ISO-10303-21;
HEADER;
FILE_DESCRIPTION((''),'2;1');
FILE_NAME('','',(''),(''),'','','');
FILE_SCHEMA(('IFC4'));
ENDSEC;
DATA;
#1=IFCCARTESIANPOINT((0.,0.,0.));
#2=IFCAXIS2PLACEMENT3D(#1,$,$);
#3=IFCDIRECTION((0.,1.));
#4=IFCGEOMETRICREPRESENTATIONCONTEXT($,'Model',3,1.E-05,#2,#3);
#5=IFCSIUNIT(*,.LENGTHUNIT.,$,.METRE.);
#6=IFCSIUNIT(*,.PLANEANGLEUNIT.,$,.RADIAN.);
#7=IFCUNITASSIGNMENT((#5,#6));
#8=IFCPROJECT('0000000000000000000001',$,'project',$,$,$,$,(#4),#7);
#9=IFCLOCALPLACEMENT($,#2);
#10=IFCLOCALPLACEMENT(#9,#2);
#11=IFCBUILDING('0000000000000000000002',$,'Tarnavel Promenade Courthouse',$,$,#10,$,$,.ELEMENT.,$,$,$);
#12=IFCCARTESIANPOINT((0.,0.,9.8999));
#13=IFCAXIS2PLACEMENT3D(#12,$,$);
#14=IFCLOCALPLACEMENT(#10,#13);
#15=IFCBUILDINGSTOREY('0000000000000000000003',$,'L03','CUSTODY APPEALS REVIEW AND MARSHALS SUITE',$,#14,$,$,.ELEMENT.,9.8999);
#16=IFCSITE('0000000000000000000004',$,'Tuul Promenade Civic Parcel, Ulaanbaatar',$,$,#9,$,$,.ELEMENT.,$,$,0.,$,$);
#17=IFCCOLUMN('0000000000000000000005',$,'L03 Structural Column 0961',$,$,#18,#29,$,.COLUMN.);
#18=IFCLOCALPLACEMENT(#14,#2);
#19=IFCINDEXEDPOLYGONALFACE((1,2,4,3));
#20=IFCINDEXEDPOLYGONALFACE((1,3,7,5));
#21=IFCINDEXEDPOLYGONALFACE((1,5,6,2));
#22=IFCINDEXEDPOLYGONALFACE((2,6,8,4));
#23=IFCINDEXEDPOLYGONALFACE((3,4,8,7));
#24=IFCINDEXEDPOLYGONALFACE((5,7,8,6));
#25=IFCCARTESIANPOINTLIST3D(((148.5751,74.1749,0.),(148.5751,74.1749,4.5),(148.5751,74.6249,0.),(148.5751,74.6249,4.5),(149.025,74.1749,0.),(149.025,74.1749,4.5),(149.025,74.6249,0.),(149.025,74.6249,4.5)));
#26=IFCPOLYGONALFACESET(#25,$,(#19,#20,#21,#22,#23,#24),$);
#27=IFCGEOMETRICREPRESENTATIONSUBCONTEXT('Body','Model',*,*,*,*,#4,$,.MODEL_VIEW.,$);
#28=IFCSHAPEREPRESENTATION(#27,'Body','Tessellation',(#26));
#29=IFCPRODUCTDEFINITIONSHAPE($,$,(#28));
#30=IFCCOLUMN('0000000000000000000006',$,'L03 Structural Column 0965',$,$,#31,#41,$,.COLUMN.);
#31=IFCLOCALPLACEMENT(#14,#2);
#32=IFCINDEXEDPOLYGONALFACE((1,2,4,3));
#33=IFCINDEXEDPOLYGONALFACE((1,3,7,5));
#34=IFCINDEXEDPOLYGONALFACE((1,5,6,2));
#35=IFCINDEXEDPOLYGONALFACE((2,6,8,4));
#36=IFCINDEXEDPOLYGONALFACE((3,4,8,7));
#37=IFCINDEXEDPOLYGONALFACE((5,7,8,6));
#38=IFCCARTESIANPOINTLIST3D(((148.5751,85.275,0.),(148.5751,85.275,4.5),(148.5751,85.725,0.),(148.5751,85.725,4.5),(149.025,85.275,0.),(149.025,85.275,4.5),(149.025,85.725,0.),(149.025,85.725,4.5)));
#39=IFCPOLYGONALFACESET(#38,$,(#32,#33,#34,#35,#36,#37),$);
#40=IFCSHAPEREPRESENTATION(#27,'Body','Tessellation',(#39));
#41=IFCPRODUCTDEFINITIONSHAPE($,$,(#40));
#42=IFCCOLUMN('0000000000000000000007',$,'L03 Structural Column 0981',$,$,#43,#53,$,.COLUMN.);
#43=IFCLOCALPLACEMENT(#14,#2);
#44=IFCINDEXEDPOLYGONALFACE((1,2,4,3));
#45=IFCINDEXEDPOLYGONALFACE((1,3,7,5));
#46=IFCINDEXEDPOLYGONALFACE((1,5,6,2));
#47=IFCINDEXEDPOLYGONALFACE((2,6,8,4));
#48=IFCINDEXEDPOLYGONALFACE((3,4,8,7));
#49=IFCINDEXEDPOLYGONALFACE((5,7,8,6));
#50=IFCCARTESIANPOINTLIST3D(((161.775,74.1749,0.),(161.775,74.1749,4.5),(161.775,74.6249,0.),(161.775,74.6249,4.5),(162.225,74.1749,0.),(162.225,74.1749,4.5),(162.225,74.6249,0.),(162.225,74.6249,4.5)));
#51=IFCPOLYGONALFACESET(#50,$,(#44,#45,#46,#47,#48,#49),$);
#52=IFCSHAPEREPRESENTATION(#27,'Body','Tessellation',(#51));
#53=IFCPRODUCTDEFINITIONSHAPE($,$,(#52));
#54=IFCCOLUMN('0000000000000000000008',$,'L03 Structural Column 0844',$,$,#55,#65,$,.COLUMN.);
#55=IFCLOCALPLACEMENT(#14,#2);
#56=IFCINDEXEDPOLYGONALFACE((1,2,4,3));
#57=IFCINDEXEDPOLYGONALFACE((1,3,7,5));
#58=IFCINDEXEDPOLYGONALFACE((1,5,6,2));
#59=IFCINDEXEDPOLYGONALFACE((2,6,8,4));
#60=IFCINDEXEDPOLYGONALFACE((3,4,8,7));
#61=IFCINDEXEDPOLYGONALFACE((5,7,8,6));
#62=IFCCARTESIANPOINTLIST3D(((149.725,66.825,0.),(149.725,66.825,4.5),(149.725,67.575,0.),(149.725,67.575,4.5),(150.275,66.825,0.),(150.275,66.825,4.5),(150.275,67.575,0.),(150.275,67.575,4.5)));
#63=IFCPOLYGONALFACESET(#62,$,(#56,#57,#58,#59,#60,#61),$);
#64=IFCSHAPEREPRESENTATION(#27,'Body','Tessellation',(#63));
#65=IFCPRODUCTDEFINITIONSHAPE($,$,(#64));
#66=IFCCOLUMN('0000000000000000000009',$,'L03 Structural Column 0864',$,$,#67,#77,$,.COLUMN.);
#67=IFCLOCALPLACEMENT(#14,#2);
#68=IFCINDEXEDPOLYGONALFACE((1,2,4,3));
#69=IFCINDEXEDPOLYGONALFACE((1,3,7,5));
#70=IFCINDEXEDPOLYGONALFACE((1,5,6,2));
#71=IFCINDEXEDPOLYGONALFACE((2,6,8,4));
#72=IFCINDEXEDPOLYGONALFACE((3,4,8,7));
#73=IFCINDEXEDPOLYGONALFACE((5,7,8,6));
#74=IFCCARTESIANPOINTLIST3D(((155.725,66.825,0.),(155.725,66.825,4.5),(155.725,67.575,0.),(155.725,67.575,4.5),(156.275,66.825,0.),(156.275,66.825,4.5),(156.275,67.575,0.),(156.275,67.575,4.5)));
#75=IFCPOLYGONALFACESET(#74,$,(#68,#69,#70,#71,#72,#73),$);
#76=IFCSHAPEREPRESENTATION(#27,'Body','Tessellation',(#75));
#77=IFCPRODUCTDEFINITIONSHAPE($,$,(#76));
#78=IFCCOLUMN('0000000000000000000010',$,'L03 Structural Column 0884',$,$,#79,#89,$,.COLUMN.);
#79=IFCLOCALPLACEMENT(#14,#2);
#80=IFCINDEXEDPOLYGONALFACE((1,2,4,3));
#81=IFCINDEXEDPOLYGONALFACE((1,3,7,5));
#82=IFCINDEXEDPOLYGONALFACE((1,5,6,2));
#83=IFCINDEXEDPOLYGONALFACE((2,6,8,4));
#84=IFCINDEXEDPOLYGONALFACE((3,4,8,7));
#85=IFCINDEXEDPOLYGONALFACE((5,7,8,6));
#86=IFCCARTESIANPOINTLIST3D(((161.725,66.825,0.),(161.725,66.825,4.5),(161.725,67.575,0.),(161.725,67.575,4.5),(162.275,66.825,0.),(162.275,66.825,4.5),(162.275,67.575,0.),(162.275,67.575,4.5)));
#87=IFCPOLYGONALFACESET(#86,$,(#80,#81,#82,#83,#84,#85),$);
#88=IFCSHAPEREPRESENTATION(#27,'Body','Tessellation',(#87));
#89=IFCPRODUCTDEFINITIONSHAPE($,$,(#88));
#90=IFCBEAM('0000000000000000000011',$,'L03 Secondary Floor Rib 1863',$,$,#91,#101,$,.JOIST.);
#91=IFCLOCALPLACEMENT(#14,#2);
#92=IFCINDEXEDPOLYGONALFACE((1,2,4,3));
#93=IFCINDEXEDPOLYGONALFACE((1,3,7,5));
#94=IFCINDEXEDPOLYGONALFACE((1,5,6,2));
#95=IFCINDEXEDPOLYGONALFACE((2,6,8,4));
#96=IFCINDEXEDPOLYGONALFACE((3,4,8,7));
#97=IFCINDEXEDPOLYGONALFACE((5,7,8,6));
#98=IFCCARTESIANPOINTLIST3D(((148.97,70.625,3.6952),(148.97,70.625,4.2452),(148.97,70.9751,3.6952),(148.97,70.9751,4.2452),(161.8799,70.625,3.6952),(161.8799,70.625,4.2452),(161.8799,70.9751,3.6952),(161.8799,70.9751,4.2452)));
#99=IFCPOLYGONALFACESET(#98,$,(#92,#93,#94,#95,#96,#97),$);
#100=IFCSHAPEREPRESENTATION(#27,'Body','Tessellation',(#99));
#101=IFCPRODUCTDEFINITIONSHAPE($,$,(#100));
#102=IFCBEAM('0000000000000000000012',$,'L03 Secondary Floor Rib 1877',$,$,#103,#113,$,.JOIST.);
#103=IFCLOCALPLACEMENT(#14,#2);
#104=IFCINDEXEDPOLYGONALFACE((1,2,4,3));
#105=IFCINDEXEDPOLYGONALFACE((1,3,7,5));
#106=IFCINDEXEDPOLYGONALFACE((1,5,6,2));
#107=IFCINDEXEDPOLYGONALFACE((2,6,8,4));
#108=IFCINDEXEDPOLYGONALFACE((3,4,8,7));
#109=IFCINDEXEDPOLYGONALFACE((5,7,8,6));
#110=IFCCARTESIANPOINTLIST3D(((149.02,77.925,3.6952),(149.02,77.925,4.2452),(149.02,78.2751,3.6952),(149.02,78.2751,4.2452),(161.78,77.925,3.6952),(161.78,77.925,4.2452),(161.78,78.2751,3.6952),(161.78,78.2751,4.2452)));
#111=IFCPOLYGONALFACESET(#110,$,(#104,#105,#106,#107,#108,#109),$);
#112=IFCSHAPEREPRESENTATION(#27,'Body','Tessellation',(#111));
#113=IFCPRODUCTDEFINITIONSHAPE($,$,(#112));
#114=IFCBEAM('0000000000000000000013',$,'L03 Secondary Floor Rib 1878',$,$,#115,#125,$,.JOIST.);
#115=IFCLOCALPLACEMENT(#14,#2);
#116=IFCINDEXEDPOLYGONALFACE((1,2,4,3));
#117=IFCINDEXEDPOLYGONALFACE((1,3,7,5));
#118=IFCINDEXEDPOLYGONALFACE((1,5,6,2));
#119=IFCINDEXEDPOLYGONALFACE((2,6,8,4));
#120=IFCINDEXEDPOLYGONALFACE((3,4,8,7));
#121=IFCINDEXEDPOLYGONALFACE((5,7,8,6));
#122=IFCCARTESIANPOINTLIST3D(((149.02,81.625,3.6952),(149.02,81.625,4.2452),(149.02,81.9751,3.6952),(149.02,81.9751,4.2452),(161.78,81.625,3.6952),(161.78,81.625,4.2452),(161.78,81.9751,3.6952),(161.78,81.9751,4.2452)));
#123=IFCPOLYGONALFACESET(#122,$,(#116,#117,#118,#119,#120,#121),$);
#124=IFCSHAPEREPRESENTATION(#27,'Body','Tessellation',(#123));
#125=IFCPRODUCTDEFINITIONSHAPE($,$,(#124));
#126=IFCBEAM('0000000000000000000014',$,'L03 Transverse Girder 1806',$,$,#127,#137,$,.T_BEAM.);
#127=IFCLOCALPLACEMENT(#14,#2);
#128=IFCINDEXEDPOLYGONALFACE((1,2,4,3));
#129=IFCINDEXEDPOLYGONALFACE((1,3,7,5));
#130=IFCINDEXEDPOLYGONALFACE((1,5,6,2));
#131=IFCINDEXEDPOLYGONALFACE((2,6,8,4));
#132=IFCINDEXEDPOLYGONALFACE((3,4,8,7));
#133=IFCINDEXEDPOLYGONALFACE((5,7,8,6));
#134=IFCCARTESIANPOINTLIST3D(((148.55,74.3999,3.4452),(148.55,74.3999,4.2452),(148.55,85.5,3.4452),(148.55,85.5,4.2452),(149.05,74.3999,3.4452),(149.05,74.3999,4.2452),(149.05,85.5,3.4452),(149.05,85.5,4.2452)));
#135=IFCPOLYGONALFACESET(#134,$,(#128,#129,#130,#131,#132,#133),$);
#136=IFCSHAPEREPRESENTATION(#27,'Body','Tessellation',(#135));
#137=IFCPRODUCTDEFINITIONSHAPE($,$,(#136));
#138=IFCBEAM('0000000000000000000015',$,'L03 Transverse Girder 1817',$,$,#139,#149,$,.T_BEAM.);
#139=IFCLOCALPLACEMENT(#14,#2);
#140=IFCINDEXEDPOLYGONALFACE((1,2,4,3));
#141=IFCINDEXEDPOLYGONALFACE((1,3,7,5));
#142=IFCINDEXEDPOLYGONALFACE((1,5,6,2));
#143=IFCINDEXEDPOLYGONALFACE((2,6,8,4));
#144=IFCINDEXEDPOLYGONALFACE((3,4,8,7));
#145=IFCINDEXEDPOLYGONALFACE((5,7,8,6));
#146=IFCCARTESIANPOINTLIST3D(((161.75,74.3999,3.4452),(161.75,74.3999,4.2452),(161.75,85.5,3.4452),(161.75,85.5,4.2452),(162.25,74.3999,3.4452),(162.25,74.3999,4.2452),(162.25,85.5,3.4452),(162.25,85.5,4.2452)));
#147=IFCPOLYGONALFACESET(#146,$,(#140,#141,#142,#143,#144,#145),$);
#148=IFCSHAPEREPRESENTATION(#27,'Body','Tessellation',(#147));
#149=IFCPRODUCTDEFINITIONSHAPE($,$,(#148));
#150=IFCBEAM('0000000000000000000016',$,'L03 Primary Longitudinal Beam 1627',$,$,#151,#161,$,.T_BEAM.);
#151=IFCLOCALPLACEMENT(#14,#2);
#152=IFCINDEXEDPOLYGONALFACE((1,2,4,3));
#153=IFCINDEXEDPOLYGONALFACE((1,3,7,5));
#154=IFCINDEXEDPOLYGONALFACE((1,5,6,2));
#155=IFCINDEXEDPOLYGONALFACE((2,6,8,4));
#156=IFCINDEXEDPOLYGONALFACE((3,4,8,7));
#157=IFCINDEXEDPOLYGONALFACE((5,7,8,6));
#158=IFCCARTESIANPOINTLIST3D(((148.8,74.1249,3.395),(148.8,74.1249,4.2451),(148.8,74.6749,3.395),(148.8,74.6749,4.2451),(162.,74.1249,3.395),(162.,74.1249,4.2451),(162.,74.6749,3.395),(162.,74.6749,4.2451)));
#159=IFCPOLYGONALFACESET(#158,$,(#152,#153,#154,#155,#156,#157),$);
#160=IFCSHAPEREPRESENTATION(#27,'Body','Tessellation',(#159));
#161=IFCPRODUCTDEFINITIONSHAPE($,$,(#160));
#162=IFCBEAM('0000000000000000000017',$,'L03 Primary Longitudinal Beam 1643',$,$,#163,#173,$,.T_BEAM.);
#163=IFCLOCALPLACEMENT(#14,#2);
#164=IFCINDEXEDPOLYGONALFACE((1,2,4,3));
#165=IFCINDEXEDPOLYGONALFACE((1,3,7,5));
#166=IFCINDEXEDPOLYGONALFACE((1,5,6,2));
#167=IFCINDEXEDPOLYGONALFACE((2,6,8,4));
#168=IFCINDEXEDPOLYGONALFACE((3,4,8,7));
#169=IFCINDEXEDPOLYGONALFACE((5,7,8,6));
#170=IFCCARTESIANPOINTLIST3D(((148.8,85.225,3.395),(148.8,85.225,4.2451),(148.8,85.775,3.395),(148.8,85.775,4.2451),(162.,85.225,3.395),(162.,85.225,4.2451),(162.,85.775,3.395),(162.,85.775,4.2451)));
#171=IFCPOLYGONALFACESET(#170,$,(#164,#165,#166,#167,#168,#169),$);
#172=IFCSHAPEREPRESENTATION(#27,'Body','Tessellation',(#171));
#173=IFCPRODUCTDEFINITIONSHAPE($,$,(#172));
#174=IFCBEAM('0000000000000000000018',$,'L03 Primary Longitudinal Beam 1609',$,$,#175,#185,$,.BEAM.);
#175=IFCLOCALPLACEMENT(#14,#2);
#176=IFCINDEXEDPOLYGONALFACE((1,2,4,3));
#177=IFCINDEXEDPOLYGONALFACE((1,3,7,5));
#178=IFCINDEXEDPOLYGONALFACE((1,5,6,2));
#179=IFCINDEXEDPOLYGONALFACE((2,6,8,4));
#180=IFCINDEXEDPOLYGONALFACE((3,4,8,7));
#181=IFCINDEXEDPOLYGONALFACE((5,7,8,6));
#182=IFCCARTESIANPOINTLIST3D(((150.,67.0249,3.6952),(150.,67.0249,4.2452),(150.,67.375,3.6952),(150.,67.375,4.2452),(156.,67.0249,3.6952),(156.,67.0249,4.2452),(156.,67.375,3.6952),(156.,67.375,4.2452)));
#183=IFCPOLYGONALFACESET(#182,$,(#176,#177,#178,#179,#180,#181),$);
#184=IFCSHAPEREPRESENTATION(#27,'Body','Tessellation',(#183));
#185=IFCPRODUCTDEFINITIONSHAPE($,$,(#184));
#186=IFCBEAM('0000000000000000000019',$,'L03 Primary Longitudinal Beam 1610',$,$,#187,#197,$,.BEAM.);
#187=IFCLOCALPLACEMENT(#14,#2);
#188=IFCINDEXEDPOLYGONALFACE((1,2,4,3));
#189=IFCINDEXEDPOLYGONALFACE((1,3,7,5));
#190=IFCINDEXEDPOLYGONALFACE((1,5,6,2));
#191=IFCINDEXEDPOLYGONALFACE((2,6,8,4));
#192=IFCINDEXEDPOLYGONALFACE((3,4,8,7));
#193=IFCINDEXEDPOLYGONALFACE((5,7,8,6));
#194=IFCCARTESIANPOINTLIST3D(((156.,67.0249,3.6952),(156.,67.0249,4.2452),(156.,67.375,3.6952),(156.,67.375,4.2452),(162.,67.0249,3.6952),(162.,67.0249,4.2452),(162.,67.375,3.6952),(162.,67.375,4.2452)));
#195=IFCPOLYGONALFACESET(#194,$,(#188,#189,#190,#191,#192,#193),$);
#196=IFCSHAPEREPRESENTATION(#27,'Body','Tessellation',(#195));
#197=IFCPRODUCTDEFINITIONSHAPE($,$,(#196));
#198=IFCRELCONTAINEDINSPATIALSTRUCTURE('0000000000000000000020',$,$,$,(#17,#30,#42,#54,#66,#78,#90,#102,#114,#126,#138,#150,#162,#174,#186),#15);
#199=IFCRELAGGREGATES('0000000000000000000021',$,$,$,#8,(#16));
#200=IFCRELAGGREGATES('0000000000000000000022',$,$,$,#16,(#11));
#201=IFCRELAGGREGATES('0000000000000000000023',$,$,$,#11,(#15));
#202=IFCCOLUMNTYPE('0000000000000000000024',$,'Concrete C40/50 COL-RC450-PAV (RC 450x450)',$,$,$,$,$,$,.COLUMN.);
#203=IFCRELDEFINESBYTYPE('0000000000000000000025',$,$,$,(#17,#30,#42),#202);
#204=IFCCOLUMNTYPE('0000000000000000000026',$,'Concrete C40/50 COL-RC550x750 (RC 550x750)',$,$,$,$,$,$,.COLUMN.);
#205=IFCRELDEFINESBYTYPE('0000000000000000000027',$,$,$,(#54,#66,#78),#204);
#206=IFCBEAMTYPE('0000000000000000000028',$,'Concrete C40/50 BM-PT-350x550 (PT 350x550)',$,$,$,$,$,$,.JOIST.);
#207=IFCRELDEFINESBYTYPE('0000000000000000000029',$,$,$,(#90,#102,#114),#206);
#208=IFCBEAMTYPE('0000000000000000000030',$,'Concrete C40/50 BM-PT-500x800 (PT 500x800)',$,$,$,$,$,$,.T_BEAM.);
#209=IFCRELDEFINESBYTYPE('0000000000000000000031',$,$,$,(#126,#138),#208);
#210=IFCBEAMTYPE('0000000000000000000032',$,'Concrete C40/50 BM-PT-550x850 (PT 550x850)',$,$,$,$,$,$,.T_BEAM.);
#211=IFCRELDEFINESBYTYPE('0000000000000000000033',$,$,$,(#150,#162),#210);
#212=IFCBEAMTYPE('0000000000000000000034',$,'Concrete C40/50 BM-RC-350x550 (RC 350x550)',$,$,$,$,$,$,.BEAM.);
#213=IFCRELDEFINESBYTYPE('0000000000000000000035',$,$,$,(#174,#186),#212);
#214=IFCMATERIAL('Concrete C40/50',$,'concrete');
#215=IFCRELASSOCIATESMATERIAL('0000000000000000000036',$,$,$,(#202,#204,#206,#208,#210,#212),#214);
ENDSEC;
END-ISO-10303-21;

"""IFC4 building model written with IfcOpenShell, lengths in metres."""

from ifc_helpers import new_model, si_unit, direction, frame, origin, origin_2d, place, context, subcontext, project, spatial, rectangle, extrude, material, material_profile, profile_set, type_object, element, save


model = new_model("IFC4")

# Units and contexts
model_context = context("Model", 3, precision=1e-05, world=origin(), true_north=direction((0.0, 1.0)))
body_context = subcontext(model_context, "Body", "Model", "MODEL_VIEW")
ifc_project = project(units=[si_unit("LENGTHUNIT", "METRE"), si_unit("PLANEANGLEUNIT", "RADIAN")], contexts=[model_context])

# Site, building, storey
site_placement = place(None, origin())
site = spatial("IfcSite", under=ifc_project, at=site_placement, Name="Tuul Promenade Civic Parcel, Ulaanbaatar", CompositionType="ELEMENT", RefElevation=0.0)
building_placement = place(site_placement, origin())
building = spatial("IfcBuilding", under=site, at=building_placement, Name="Tarnavel Promenade Courthouse", CompositionType="ELEMENT")
storey_placement = place(building_placement, frame((0.0, 0.0, 9.8999)))
storey = spatial("IfcBuildingStorey", under=building, at=storey_placement, Name="L03", Description="CUSTODY APPEALS REVIEW AND MARSHALS SUITE", CompositionType="ELEMENT", Elevation=9.8999)

# Columns
ifc_material_1 = material(Name="Concrete C40/50", Category="concrete")
ifc_material_profile_1 = material_profile(ifc_material_1, rectangle(XDim=0.45, YDim=0.45, at=origin_2d()), Name="RC 450x450")
ifc_profile_set_1 = profile_set([ifc_material_profile_1], Name="Concrete C40/50")
column_type_1 = type_object("IfcColumnType", Name="Concrete C40/50 COL-RC450-PAV (RC 450x450)", PredefinedType="COLUMN", material=ifc_profile_set_1)
for number, where, z_axis, x_axis, name in (
    (1, (148.8, 74.3999, 0.0), (0.0, 0.0, 1.0), (1.0, 0.0, 0.0), "L03 Structural Column 0961"),
    (2, (148.8, 85.5, 0.0), (0.0, 0.0, 1.0), (1.0, 0.0, 0.0), "L03 Structural Column 0965"),
    (3, (162.0, 74.3999, 0.0), (0.0, 0.0, 1.0), (1.0, 0.0, 0.0), "L03 Structural Column 0981"),
):
    element("IfcColumn", number, at=place(storey_placement, frame(where, z_axis=z_axis, x_axis=x_axis)), inside=storey, type_object=column_type_1, Name=name, PredefinedType="COLUMN", context=body_context, shape_type="SweptSolid", body=[
        extrude(rectangle(XDim=0.45, YDim=0.45, at=origin_2d()), origin(), (0.0, 0.0, 1.0), 4.5),
    ])
ifc_material_profile_2 = material_profile(ifc_material_1, rectangle(XDim=0.55, YDim=0.75, at=origin_2d()), Name="RC 550x750")
ifc_profile_set_2 = profile_set([ifc_material_profile_2], Name="Concrete C40/50")
column_type_2 = type_object("IfcColumnType", Name="Concrete C40/50 COL-RC550x750 (RC 550x750)", PredefinedType="COLUMN", material=ifc_profile_set_2)
for number, where, z_axis, x_axis, name in (
    (4, (150.0, 67.2, 0.0), (0.0, 0.0, 1.0), (1.0, 0.0, 0.0), "L03 Structural Column 0844"),
    (5, (156.0, 67.2, 0.0), (0.0, 0.0, 1.0), (1.0, 0.0, 0.0), "L03 Structural Column 0864"),
    (6, (162.0, 67.2, 0.0), (0.0, 0.0, 1.0), (1.0, 0.0, 0.0), "L03 Structural Column 0884"),
):
    element("IfcColumn", number, at=place(storey_placement, frame(where, z_axis=z_axis, x_axis=x_axis)), inside=storey, type_object=column_type_2, Name=name, PredefinedType="COLUMN", context=body_context, shape_type="SweptSolid", body=[
        extrude(rectangle(XDim=0.55, YDim=0.75, at=origin_2d()), origin(), (0.0, 0.0, 1.0), 4.5),
    ])

# Beams
ifc_material_profile_3 = material_profile(ifc_material_1, rectangle(XDim=0.3501, YDim=0.55, at=origin_2d()), Name="PT 350x550")
ifc_profile_set_3 = profile_set([ifc_material_profile_3], Name="Concrete C40/50")
beam_type_1 = type_object("IfcBeamType", Name="Concrete C40/50 BM-PT-350x550 (PT 350x550)", PredefinedType="JOIST", material=ifc_profile_set_3)
beam_1_placement = place(storey_placement, frame((148.97, 70.8, 3.9702), z_axis=(1.0, 0.0, 0.0), x_axis=(0.0, 1.0, 0.0)))
element("IfcBeam", 7, at=beam_1_placement, inside=storey, type_object=beam_type_1, Name="L03 Secondary Floor Rib 1863", PredefinedType="JOIST", context=body_context, shape_type="SweptSolid", body=[
    extrude(rectangle(XDim=0.3501, YDim=0.55, at=origin_2d()), origin(), (0.0, 0.0, 1.0), 12.9099),
])
for number, where, z_axis, x_axis, name in (
    (8, (149.02, 78.1001, 3.9702), (1.0, 0.0, 0.0), (0.0, 1.0, 0.0), "L03 Secondary Floor Rib 1877"),
    (9, (149.02, 81.8, 3.9702), (1.0, 0.0, 0.0), (0.0, 1.0, 0.0), "L03 Secondary Floor Rib 1878"),
):
    element("IfcBeam", number, at=place(storey_placement, frame(where, z_axis=z_axis, x_axis=x_axis)), inside=storey, type_object=beam_type_1, Name=name, PredefinedType="JOIST", context=body_context, shape_type="SweptSolid", body=[
        extrude(rectangle(XDim=0.3501, YDim=0.55, at=origin_2d()), origin(), (0.0, 0.0, 1.0), 12.76),
    ])
ifc_material_profile_4 = material_profile(ifc_material_1, rectangle(XDim=0.5, YDim=0.8, at=origin_2d()), Name="PT 500x800")
ifc_profile_set_4 = profile_set([ifc_material_profile_4], Name="Concrete C40/50")
beam_type_2 = type_object("IfcBeamType", Name="Concrete C40/50 BM-PT-500x800 (PT 500x800)", PredefinedType="T_BEAM", material=ifc_profile_set_4)
for number, where, z_axis, x_axis, name in (
    (10, (148.8, 74.3999, 3.8452), (0.0, 1.0, 0.0), (-1.0, 0.0, 0.0), "L03 Transverse Girder 1806"),
    (11, (162.0, 74.3999, 3.8452), (0.0, 1.0, 0.0), (-1.0, 0.0, 0.0), "L03 Transverse Girder 1817"),
):
    element("IfcBeam", number, at=place(storey_placement, frame(where, z_axis=z_axis, x_axis=x_axis)), inside=storey, type_object=beam_type_2, Name=name, PredefinedType="T_BEAM", context=body_context, shape_type="SweptSolid", body=[
        extrude(rectangle(XDim=0.5, YDim=0.8, at=origin_2d()), origin(), (0.0, 0.0, 1.0), 11.1001),
    ])
ifc_material_profile_5 = material_profile(ifc_material_1, rectangle(XDim=0.55, YDim=0.8501, at=origin_2d()), Name="PT 550x850")
ifc_profile_set_5 = profile_set([ifc_material_profile_5], Name="Concrete C40/50")
beam_type_3 = type_object("IfcBeamType", Name="Concrete C40/50 BM-PT-550x850 (PT 550x850)", PredefinedType="T_BEAM", material=ifc_profile_set_5)
for number, where, z_axis, x_axis, name in (
    (12, (148.8, 74.3999, 3.8201), (1.0, 0.0, 0.0), (0.0, 1.0, 0.0), "L03 Primary Longitudinal Beam 1627"),
    (13, (148.8, 85.5, 3.8201), (1.0, 0.0, 0.0), (0.0, 1.0, 0.0), "L03 Primary Longitudinal Beam 1643"),
):
    element("IfcBeam", number, at=place(storey_placement, frame(where, z_axis=z_axis, x_axis=x_axis)), inside=storey, type_object=beam_type_3, Name=name, PredefinedType="T_BEAM", context=body_context, shape_type="SweptSolid", body=[
        extrude(rectangle(XDim=0.55, YDim=0.8501, at=origin_2d()), origin(), (0.0, 0.0, 1.0), 13.2),
    ])
ifc_material_profile_6 = material_profile(ifc_material_1, rectangle(XDim=0.3501, YDim=0.55, at=origin_2d()), Name="RC 350x550")
ifc_profile_set_6 = profile_set([ifc_material_profile_6], Name="Concrete C40/50")
beam_type_4 = type_object("IfcBeamType", Name="Concrete C40/50 BM-RC-350x550 (RC 350x550)", PredefinedType="BEAM", material=ifc_profile_set_6)
for number, where, z_axis, x_axis, name in (
    (14, (150.0, 67.2, 3.9702), (1.0, 0.0, 0.0), (0.0, 1.0, 0.0), "L03 Primary Longitudinal Beam 1609"),
    (15, (156.0, 67.2, 3.9702), (1.0, 0.0, 0.0), (0.0, 1.0, 0.0), "L03 Primary Longitudinal Beam 1610"),
):
    element("IfcBeam", number, at=place(storey_placement, frame(where, z_axis=z_axis, x_axis=x_axis)), inside=storey, type_object=beam_type_4, Name=name, PredefinedType="BEAM", context=body_context, shape_type="SweptSolid", body=[
        extrude(rectangle(XDim=0.3501, YDim=0.55, at=origin_2d()), origin(), (0.0, 0.0, 1.0), 6.0),
    ])

save(model, "model.ifc")
